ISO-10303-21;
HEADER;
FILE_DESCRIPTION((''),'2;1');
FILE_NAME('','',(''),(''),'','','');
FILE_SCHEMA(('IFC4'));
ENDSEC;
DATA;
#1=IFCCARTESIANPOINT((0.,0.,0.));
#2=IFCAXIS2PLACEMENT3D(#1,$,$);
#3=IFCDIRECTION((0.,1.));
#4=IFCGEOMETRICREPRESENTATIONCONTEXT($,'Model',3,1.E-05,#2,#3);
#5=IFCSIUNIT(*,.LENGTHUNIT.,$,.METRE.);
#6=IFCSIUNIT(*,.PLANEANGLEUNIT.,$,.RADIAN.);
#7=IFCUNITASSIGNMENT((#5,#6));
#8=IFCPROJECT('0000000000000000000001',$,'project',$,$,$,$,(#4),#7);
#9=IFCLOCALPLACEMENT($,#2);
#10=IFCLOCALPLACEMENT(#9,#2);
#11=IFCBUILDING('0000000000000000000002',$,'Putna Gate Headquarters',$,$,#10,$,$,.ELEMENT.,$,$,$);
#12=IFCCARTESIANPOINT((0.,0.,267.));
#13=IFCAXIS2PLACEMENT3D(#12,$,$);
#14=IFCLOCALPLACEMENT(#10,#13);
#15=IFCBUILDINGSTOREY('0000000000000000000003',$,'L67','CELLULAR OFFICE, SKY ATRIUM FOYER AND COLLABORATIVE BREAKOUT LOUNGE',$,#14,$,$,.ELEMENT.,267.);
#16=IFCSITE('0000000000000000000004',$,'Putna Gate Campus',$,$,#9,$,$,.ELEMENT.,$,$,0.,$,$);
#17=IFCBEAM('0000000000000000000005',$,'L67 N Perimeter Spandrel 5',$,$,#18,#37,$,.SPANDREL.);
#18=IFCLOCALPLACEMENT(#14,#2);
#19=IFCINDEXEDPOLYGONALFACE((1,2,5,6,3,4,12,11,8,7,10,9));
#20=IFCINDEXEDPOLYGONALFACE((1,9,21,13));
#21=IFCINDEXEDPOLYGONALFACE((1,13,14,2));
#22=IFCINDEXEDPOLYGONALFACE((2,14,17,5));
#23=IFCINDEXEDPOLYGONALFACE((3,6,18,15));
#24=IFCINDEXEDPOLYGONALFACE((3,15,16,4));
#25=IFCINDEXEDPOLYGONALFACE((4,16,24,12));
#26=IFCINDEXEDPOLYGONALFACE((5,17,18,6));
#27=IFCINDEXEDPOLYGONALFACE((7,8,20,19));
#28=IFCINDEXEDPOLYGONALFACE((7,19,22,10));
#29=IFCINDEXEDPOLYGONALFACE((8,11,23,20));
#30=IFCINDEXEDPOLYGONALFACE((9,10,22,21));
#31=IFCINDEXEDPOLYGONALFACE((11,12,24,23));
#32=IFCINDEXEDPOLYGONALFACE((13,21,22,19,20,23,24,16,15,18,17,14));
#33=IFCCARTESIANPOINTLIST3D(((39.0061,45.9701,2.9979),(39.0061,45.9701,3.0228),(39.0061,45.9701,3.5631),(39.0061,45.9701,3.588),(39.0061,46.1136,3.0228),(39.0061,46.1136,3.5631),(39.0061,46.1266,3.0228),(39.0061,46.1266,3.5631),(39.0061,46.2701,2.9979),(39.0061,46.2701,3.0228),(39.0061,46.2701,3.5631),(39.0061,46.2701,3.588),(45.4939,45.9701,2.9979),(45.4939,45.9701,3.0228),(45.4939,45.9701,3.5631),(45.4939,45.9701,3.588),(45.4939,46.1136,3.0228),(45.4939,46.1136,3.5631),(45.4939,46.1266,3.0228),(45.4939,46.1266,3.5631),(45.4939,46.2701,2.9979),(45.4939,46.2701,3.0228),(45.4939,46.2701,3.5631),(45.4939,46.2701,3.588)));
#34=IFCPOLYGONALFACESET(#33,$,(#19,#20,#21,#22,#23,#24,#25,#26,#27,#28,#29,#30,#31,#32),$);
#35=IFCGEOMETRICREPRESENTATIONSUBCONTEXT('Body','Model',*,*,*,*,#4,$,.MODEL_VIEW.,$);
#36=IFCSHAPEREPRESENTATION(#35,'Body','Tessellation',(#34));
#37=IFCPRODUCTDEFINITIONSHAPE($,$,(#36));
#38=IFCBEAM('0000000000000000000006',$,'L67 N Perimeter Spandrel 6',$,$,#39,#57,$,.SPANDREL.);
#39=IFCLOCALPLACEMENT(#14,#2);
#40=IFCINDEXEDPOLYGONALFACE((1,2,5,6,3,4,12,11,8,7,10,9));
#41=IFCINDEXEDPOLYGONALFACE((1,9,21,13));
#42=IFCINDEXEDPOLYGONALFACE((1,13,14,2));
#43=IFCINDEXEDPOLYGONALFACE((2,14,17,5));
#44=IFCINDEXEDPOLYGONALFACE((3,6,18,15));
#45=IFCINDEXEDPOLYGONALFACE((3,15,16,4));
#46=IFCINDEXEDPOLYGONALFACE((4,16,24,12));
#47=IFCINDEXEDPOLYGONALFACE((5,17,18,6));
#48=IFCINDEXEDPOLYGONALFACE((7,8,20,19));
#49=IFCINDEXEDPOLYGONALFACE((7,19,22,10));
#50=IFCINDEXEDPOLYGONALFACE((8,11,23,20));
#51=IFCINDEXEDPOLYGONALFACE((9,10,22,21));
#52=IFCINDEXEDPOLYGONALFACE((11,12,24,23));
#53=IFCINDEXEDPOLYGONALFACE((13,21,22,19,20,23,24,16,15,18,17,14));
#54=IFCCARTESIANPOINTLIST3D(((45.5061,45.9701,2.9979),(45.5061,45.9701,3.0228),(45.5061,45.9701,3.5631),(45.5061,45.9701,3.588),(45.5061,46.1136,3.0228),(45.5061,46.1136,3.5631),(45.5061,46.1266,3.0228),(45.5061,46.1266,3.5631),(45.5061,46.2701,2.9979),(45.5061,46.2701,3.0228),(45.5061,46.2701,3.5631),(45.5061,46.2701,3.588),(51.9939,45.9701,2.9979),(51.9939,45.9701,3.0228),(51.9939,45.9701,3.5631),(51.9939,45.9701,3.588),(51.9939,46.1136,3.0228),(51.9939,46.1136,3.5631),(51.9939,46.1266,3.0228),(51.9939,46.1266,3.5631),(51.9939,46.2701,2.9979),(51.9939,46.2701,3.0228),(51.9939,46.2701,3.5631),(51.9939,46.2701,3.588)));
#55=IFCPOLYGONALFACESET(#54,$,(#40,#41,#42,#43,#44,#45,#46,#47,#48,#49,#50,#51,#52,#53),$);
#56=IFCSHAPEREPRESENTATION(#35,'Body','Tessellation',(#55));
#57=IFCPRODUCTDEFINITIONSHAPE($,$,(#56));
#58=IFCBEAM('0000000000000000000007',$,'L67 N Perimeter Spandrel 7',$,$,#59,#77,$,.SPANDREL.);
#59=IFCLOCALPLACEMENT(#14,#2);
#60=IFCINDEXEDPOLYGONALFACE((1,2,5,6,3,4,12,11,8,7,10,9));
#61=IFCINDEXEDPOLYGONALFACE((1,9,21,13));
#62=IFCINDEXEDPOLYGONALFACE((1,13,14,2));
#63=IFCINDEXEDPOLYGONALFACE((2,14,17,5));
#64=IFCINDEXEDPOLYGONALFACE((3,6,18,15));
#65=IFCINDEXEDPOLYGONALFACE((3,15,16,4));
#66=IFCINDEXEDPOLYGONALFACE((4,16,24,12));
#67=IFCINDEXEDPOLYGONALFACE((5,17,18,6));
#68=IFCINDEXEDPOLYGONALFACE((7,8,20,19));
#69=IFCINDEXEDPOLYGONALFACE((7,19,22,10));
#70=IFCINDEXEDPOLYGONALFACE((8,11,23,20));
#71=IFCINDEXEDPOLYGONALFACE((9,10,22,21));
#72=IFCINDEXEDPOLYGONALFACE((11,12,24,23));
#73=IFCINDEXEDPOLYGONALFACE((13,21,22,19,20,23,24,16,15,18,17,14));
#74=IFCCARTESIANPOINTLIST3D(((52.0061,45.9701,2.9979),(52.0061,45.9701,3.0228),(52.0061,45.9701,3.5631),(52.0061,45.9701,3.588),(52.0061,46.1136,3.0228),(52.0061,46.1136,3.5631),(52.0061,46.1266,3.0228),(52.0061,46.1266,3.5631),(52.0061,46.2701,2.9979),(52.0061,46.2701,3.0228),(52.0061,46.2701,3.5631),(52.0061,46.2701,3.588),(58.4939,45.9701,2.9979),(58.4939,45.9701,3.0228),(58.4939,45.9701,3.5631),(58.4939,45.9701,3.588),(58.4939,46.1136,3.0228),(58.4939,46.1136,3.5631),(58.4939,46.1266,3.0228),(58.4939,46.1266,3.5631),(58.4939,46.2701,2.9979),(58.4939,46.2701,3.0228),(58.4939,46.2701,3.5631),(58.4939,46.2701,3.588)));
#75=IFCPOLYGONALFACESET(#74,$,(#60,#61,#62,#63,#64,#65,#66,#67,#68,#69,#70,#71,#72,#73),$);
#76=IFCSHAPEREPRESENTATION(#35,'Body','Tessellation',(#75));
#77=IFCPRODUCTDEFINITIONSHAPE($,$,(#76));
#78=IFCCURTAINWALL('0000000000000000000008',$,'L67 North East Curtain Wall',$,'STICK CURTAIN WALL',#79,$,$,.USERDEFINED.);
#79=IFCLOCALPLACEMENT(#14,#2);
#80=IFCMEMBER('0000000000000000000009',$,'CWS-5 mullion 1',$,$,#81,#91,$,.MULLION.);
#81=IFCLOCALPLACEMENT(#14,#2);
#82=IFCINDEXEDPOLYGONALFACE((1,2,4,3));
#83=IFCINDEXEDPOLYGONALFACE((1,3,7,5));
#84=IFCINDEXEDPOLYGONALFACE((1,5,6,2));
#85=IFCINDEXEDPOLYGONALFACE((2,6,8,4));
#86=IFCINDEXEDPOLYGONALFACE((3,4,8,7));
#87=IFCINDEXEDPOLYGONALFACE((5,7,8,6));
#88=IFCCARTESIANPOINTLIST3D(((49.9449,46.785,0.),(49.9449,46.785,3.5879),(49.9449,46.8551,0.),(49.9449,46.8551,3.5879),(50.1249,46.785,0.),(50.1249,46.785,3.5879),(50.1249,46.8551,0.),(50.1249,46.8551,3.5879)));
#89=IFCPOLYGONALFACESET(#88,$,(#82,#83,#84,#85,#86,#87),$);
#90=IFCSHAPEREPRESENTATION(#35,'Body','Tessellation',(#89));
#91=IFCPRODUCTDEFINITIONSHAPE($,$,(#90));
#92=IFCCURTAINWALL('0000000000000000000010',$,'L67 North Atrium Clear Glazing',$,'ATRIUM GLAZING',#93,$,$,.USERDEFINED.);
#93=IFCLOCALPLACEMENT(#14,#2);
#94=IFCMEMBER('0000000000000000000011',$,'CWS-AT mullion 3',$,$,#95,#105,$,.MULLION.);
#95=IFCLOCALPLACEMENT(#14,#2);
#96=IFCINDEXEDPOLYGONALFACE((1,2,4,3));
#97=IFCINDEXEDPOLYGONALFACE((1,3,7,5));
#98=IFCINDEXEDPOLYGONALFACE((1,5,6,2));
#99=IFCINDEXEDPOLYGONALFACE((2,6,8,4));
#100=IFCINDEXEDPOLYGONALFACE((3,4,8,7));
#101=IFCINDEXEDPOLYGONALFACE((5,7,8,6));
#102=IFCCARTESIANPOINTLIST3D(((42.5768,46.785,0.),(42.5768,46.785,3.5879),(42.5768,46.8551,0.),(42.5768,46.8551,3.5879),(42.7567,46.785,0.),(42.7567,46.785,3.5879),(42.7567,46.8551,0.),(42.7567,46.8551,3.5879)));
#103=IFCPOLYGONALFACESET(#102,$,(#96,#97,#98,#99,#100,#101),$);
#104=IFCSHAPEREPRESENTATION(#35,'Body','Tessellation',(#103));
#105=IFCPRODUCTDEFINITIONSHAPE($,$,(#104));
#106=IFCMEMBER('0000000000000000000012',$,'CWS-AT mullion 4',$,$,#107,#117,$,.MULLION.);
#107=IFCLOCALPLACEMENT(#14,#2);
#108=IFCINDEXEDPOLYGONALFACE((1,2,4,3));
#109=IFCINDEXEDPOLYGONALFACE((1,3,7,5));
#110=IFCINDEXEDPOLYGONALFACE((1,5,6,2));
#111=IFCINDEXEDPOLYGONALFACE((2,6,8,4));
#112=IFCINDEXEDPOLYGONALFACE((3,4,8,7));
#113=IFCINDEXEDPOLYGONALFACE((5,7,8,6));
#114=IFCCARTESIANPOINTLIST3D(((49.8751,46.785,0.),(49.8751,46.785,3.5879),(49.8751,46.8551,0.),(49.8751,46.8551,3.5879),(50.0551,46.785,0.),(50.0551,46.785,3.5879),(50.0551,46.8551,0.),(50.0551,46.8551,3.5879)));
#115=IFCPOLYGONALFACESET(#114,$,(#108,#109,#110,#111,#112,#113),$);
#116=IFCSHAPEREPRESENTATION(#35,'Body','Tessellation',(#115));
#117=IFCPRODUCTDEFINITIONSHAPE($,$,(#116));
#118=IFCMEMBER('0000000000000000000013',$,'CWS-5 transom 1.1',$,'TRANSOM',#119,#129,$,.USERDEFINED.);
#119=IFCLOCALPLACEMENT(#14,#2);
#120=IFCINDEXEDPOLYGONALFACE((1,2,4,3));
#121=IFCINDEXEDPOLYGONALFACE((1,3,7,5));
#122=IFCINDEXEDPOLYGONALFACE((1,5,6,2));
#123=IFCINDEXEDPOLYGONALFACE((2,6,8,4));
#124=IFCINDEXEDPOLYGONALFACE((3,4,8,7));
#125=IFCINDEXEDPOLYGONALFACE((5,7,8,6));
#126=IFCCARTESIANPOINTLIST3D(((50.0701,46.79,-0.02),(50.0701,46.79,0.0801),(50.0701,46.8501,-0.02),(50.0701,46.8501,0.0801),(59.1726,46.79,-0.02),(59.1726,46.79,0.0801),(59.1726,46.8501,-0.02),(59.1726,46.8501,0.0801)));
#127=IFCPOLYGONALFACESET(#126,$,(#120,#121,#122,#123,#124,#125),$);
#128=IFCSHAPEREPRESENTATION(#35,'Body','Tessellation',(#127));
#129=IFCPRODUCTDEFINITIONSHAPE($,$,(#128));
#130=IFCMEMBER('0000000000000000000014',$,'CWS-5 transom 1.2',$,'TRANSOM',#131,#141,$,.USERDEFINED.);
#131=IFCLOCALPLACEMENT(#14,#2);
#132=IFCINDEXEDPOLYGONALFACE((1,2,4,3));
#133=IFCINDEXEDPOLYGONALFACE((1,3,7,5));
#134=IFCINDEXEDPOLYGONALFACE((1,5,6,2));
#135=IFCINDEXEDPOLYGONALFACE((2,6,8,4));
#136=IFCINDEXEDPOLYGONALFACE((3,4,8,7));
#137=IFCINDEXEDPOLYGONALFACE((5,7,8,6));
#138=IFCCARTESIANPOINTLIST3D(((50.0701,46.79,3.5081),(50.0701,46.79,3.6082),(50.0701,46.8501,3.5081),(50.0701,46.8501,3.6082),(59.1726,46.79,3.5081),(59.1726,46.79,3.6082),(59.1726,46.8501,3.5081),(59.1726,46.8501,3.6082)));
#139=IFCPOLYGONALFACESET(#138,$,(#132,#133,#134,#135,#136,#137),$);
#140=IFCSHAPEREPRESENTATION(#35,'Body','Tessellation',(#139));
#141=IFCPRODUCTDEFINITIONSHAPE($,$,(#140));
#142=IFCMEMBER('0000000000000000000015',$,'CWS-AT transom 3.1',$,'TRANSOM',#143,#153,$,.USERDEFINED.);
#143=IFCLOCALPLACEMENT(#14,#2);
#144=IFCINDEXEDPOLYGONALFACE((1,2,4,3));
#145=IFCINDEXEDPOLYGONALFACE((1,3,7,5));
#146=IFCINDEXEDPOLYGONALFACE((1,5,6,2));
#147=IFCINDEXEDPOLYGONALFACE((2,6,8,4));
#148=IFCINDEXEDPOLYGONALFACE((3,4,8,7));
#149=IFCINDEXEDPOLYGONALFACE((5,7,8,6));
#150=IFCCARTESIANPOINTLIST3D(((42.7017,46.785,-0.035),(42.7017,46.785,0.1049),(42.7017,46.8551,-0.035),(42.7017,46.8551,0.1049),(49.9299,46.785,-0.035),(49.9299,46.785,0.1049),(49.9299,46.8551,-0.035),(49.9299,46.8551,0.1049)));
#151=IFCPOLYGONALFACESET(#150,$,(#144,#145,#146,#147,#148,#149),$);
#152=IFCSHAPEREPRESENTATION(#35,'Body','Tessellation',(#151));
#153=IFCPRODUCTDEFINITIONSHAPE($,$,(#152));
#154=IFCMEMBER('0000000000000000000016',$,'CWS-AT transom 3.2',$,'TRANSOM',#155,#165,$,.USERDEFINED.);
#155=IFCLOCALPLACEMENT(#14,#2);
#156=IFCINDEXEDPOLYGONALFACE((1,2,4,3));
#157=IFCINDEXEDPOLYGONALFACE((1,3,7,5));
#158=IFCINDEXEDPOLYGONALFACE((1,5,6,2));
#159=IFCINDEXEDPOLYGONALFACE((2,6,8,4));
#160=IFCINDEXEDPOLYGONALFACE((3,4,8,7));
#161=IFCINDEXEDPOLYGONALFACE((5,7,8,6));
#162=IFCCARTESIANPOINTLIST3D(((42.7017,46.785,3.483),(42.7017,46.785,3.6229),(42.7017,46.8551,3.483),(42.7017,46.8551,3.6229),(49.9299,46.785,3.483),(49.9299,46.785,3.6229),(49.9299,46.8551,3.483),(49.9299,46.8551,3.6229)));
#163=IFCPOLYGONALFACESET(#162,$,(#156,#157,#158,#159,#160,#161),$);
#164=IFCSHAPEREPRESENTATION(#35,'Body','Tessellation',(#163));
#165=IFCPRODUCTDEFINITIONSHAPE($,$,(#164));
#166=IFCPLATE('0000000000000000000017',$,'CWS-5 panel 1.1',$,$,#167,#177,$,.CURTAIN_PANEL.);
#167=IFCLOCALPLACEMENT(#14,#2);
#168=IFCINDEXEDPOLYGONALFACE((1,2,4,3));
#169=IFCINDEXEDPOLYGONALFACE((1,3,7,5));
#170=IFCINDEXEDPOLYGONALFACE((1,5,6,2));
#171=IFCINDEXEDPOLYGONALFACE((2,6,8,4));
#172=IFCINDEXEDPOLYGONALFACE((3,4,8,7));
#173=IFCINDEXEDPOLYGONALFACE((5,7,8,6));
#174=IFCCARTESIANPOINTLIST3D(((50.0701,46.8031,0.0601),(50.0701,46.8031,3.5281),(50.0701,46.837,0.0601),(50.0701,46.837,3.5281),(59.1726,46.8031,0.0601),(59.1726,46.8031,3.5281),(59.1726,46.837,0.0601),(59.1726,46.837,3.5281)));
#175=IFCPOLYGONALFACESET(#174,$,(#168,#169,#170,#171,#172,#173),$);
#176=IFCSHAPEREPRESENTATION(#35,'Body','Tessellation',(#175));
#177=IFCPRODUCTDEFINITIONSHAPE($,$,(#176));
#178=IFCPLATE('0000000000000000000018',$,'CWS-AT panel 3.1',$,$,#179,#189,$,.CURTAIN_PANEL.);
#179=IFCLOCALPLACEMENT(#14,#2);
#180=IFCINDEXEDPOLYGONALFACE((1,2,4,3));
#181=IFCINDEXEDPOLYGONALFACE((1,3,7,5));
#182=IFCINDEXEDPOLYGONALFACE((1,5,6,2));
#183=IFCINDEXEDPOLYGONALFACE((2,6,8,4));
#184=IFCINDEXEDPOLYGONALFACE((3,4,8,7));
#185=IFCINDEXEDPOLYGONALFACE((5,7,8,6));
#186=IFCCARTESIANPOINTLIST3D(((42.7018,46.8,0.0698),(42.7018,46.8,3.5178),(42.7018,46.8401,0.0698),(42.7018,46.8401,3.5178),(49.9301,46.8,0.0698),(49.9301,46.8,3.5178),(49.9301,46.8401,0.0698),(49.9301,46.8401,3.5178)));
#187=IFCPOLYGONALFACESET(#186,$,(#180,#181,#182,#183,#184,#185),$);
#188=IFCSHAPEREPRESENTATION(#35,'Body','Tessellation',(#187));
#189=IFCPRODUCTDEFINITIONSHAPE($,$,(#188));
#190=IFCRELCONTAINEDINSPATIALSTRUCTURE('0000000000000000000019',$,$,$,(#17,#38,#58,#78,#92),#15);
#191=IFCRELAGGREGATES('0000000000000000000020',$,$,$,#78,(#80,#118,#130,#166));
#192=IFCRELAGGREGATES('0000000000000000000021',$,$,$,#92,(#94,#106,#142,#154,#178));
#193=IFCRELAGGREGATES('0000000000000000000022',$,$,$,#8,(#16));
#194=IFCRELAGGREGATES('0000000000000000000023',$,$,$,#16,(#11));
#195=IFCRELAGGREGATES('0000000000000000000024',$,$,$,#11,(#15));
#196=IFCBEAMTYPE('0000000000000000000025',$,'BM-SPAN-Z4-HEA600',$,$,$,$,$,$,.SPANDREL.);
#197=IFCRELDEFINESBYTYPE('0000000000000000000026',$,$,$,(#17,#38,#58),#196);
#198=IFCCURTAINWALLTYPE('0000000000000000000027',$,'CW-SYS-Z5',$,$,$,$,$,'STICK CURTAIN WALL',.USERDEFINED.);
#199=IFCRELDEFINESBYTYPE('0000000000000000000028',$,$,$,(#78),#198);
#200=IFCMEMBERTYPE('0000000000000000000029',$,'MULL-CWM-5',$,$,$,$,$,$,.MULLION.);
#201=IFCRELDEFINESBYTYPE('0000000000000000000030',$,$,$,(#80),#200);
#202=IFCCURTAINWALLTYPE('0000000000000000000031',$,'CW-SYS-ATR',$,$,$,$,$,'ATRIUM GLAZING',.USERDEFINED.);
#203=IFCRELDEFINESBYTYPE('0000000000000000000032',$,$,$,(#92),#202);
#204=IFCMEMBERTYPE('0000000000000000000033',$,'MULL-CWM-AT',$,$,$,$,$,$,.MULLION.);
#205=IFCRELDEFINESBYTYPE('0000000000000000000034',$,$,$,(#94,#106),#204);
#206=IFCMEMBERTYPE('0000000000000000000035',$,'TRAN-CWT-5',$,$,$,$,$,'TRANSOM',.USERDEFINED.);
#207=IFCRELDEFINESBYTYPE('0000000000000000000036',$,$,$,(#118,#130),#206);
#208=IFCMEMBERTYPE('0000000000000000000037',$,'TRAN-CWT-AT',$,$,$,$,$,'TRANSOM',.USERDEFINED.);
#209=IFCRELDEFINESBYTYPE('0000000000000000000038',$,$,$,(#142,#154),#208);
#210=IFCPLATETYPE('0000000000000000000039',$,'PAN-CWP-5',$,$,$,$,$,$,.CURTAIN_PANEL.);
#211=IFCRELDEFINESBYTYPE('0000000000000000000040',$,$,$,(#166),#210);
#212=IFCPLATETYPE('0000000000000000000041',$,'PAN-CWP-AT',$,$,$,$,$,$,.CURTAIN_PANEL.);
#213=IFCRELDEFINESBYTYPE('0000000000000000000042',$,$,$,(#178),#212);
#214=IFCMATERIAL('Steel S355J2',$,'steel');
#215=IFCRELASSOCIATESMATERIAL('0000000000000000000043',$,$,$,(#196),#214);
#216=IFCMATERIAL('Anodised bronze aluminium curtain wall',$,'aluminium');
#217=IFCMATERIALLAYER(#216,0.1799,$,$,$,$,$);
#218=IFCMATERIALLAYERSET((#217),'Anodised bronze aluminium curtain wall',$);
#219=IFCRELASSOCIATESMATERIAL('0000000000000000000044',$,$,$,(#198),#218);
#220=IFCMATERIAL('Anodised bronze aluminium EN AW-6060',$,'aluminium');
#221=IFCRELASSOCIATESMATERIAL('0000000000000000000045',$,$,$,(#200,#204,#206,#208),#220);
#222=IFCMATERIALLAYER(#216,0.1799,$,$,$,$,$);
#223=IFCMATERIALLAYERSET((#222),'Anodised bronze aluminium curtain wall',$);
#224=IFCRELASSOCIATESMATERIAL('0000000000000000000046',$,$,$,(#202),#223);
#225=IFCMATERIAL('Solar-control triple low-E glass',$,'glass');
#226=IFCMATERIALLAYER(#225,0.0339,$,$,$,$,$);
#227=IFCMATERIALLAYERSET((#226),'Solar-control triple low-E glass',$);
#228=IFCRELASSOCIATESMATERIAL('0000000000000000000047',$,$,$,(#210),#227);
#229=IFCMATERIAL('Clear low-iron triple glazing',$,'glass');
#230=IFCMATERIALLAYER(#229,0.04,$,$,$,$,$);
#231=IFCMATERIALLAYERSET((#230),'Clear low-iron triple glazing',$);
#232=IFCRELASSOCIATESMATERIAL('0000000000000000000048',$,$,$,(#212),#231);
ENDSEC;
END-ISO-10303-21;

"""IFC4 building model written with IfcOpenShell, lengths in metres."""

from ifc_helpers import new_model, si_unit, direction, frame, origin, origin_2d, place, context, subcontext, project, spatial, rectangle, i_section, extrude, material, layer, layer_set, material_profile, profile_set, type_object, element, aggregate, save


model = new_model("IFC4")

# Units and contexts
model_context = context("Model", 3, precision=1e-05, world=origin(), true_north=direction((0.0, 1.0)))
body_context = subcontext(model_context, "Body", "Model", "MODEL_VIEW")
ifc_project = project(units=[si_unit("LENGTHUNIT", "METRE"), si_unit("PLANEANGLEUNIT", "RADIAN")], contexts=[model_context])

# Site, building, storey
site_placement = place(None, origin())
site = spatial("IfcSite", under=ifc_project, at=site_placement, Name="Putna Gate Campus", CompositionType="ELEMENT", RefElevation=0.0)
building_placement = place(site_placement, origin())
building = spatial("IfcBuilding", under=site, at=building_placement, Name="Putna Gate Headquarters", CompositionType="ELEMENT")
storey_placement = place(building_placement, frame((0.0, 0.0, 267.0)))
storey = spatial("IfcBuildingStorey", under=building, at=storey_placement, Name="L67", Description="CELLULAR OFFICE, SKY ATRIUM FOYER AND COLLABORATIVE BREAKOUT LOUNGE", CompositionType="ELEMENT", Elevation=267.0)

# Beams
ifc_material_1 = material(Name="Steel S355J2", Category="steel")
ifc_material_profile_1 = material_profile(ifc_material_1, i_section(OverallWidth=0.3, OverallDepth=0.5901, WebThickness=0.0129, FlangeThickness=0.0249, at=origin_2d()), Name="Steel S355J2")
ifc_profile_set_1 = profile_set([ifc_material_profile_1], Name="Steel S355J2")
beam_type_1 = type_object("IfcBeamType", Name="BM-SPAN-Z4-HEA600", PredefinedType="SPANDREL", material=ifc_profile_set_1)
for number, where, z_axis, x_axis, name in (
    (1, (39.0061, 46.1201, 3.293), (1.0, 0.0, 0.0), (0.0, 1.0, 0.0), "L67 N Perimeter Spandrel 5"),
    (2, (45.5061, 46.1201, 3.293), (1.0, 0.0, 0.0), (0.0, 1.0, 0.0), "L67 N Perimeter Spandrel 6"),
    (3, (52.0061, 46.1201, 3.293), (1.0, 0.0, 0.0), (0.0, 1.0, 0.0), "L67 N Perimeter Spandrel 7"),
):
    element("IfcBeam", number, at=place(storey_placement, frame(where, z_axis=z_axis, x_axis=x_axis)), inside=storey, type_object=beam_type_1, Name=name, PredefinedType="SPANDREL", context=body_context, shape_type="SweptSolid", body=[
        extrude(i_section(OverallWidth=0.3, OverallDepth=0.5901, WebThickness=0.0129, FlangeThickness=0.0249, at=origin_2d()), origin(), (0.0, 0.0, 1.0), 6.4878),
    ])

# Curtain wall, member
ifc_material_2 = material(Name="Anodised bronze aluminium curtain wall", Category="aluminium")
ifc_layer_1 = layer(ifc_material_2, 0.1799)
ifc_layer_set_1 = layer_set([ifc_layer_1], Name="Anodised bronze aluminium curtain wall")
curtain_wall_type_1 = type_object("IfcCurtainWallType", Name="CW-SYS-Z5", ElementType="STICK CURTAIN WALL", PredefinedType="USERDEFINED", material=ifc_layer_set_1)
curtain_wall_1_placement = place(storey_placement, origin())
curtain_wall_1 = element("IfcCurtainWall", 4, at=curtain_wall_1_placement, inside=storey, type_object=curtain_wall_type_1, Name="L67 North East Curtain Wall", ObjectType="STICK CURTAIN WALL", PredefinedType="USERDEFINED")
ifc_material_3 = material(Name="Anodised bronze aluminium EN AW-6060", Category="aluminium")
ifc_material_profile_2 = material_profile(ifc_material_3, rectangle(XDim=0.0701, YDim=0.1799, at=origin_2d()), Name="Anodised bronze aluminium EN AW-6060")
ifc_profile_set_2 = profile_set([ifc_material_profile_2], Name="Anodised bronze aluminium EN AW-6060")
member_type_1 = type_object("IfcMemberType", Name="MULL-CWM-5", PredefinedType="MULLION", material=ifc_profile_set_2)
member_1_placement = place(storey_placement, frame((50.0349, 46.8201, 0.0), z_axis=(0.0, 0.0, 1.0), x_axis=(0.0, 1.0, 0.0)))
member_1 = element("IfcMember", 5, at=member_1_placement, type_object=member_type_1, Name="CWS-5 mullion 1", PredefinedType="MULLION", context=body_context, shape_type="SweptSolid", body=[
    extrude(rectangle(XDim=0.0701, YDim=0.1799, at=origin_2d()), origin(), (0.0, 0.0, 1.0), 3.5879),
])

# Curtain wall, members
ifc_layer_2 = layer(ifc_material_2, 0.1799)
ifc_layer_set_2 = layer_set([ifc_layer_2], Name="Anodised bronze aluminium curtain wall")
curtain_wall_type_2 = type_object("IfcCurtainWallType", Name="CW-SYS-ATR", ElementType="ATRIUM GLAZING", PredefinedType="USERDEFINED", material=ifc_layer_set_2)
curtain_wall_2_placement = place(storey_placement, origin())
curtain_wall_2 = element("IfcCurtainWall", 6, at=curtain_wall_2_placement, inside=storey, type_object=curtain_wall_type_2, Name="L67 North Atrium Clear Glazing", ObjectType="ATRIUM GLAZING", PredefinedType="USERDEFINED")
ifc_material_profile_3 = material_profile(ifc_material_3, rectangle(XDim=0.0701, YDim=0.1799, at=origin_2d()), Name="Anodised bronze aluminium EN AW-6060")
ifc_profile_set_3 = profile_set([ifc_material_profile_3], Name="Anodised bronze aluminium EN AW-6060")
member_type_2 = type_object("IfcMemberType", Name="MULL-CWM-AT", PredefinedType="MULLION", material=ifc_profile_set_3)
member_2_placement = place(storey_placement, frame((42.6667, 46.8201, 0.0), z_axis=(0.0, 0.0, 1.0), x_axis=(0.0, 1.0, 0.0)))
member_2 = element("IfcMember", 7, at=member_2_placement, type_object=member_type_2, Name="CWS-AT mullion 3", PredefinedType="MULLION", context=body_context, shape_type="SweptSolid", body=[
    extrude(rectangle(XDim=0.0701, YDim=0.1799, at=origin_2d()), origin(), (0.0, 0.0, 1.0), 3.5879),
])
member_3_placement = place(storey_placement, frame((49.9651, 46.8201, 0.0), z_axis=(0.0, 0.0, 1.0), x_axis=(0.0, 1.0, 0.0)))
member_3 = element("IfcMember", 8, at=member_3_placement, type_object=member_type_2, Name="CWS-AT mullion 4", PredefinedType="MULLION", context=body_context, shape_type="SweptSolid", body=[
    extrude(rectangle(XDim=0.0701, YDim=0.1799, at=origin_2d()), origin(), (0.0, 0.0, 1.0), 3.5879),
])

# Members
ifc_material_profile_4 = material_profile(ifc_material_3, rectangle(XDim=0.0601, YDim=0.1001, at=origin_2d()), Name="Anodised bronze aluminium EN AW-6060")
ifc_profile_set_4 = profile_set([ifc_material_profile_4], Name="Anodised bronze aluminium EN AW-6060")
member_type_3 = type_object("IfcMemberType", Name="TRAN-CWT-5", ElementType="TRANSOM", PredefinedType="USERDEFINED", material=ifc_profile_set_4)
member_4_placement = place(storey_placement, frame((50.0701, 46.8201, 0.03), z_axis=(1.0, 0.0, 0.0), x_axis=(0.0, 1.0, 0.0)))
member_4 = element("IfcMember", 9, at=member_4_placement, type_object=member_type_3, Name="CWS-5 transom 1.1", ObjectType="TRANSOM", PredefinedType="USERDEFINED", context=body_context, shape_type="SweptSolid", body=[
    extrude(rectangle(XDim=0.0601, YDim=0.1001, at=origin_2d()), origin(), (0.0, 0.0, 1.0), 9.1025),
])
member_5_placement = place(storey_placement, frame((50.0701, 46.8201, 3.5581), z_axis=(1.0, 0.0, 0.0), x_axis=(0.0, 1.0, 0.0)))
member_5 = element("IfcMember", 10, at=member_5_placement, type_object=member_type_3, Name="CWS-5 transom 1.2", ObjectType="TRANSOM", PredefinedType="USERDEFINED", context=body_context, shape_type="SweptSolid", body=[
    extrude(rectangle(XDim=0.0601, YDim=0.1001, at=origin_2d()), origin(), (0.0, 0.0, 1.0), 9.1025),
])
ifc_material_profile_5 = material_profile(ifc_material_3, rectangle(XDim=0.0701, YDim=0.1399, at=origin_2d()), Name="Anodised bronze aluminium EN AW-6060")
ifc_profile_set_5 = profile_set([ifc_material_profile_5], Name="Anodised bronze aluminium EN AW-6060")
member_type_4 = type_object("IfcMemberType", Name="TRAN-CWT-AT", ElementType="TRANSOM", PredefinedType="USERDEFINED", material=ifc_profile_set_5)
member_6_placement = place(storey_placement, frame((42.7017, 46.8201, 0.0349), z_axis=(1.0, 0.0, 0.0), x_axis=(0.0, 1.0, 0.0)))
member_6 = element("IfcMember", 11, at=member_6_placement, type_object=member_type_4, Name="CWS-AT transom 3.1", ObjectType="TRANSOM", PredefinedType="USERDEFINED", context=body_context, shape_type="SweptSolid", body=[
    extrude(rectangle(XDim=0.0701, YDim=0.1399, at=origin_2d()), origin(), (0.0, 0.0, 1.0), 7.2283),
])
member_7_placement = place(storey_placement, frame((42.7017, 46.8201, 3.553), z_axis=(1.0, 0.0, 0.0), x_axis=(0.0, 1.0, 0.0)))
member_7 = element("IfcMember", 12, at=member_7_placement, type_object=member_type_4, Name="CWS-AT transom 3.2", ObjectType="TRANSOM", PredefinedType="USERDEFINED", context=body_context, shape_type="SweptSolid", body=[
    extrude(rectangle(XDim=0.0701, YDim=0.1399, at=origin_2d()), origin(), (0.0, 0.0, 1.0), 7.2283),
])

# Plates
ifc_material_4 = material(Name="Solar-control triple low-E glass", Category="glass")
ifc_layer_3 = layer(ifc_material_4, 0.0339)
ifc_layer_set_3 = layer_set([ifc_layer_3], Name="Solar-control triple low-E glass")
plate_type_1 = type_object("IfcPlateType", Name="PAN-CWP-5", PredefinedType="CURTAIN_PANEL", material=ifc_layer_set_3)
plate_1_placement = place(storey_placement, frame((54.6213, 46.8201, 0.0601), z_axis=(0.0, 0.0, 1.0), x_axis=(1.0, 0.0, 0.0)))
plate_1 = element("IfcPlate", 13, at=plate_1_placement, type_object=plate_type_1, Name="CWS-5 panel 1.1", PredefinedType="CURTAIN_PANEL", context=body_context, shape_type="SweptSolid", body=[
    extrude(rectangle(XDim=9.1025, YDim=0.0339, at=origin_2d()), origin(), (0.0, 0.0, 1.0), 3.468),
])
aggregate(curtain_wall_1, [member_1, member_4, member_5, plate_1])
ifc_material_5 = material(Name="Clear low-iron triple glazing", Category="glass")
ifc_layer_4 = layer(ifc_material_5, 0.04)
ifc_layer_set_4 = layer_set([ifc_layer_4], Name="Clear low-iron triple glazing")
plate_type_2 = type_object("IfcPlateType", Name="PAN-CWP-AT", PredefinedType="CURTAIN_PANEL", material=ifc_layer_set_4)
plate_2_placement = place(storey_placement, frame((46.3159, 46.8201, 0.0698), z_axis=(0.0, 0.0, 1.0), x_axis=(1.0, 0.0, 0.0)))
plate_2 = element("IfcPlate", 14, at=plate_2_placement, type_object=plate_type_2, Name="CWS-AT panel 3.1", PredefinedType="CURTAIN_PANEL", context=body_context, shape_type="SweptSolid", body=[
    extrude(rectangle(XDim=7.2283, YDim=0.04, at=origin_2d()), origin(), (0.0, 0.0, 1.0), 3.448),
])
aggregate(curtain_wall_2, [member_2, member_3, member_6, member_7, plate_2])

save(model, "model.ifc")
